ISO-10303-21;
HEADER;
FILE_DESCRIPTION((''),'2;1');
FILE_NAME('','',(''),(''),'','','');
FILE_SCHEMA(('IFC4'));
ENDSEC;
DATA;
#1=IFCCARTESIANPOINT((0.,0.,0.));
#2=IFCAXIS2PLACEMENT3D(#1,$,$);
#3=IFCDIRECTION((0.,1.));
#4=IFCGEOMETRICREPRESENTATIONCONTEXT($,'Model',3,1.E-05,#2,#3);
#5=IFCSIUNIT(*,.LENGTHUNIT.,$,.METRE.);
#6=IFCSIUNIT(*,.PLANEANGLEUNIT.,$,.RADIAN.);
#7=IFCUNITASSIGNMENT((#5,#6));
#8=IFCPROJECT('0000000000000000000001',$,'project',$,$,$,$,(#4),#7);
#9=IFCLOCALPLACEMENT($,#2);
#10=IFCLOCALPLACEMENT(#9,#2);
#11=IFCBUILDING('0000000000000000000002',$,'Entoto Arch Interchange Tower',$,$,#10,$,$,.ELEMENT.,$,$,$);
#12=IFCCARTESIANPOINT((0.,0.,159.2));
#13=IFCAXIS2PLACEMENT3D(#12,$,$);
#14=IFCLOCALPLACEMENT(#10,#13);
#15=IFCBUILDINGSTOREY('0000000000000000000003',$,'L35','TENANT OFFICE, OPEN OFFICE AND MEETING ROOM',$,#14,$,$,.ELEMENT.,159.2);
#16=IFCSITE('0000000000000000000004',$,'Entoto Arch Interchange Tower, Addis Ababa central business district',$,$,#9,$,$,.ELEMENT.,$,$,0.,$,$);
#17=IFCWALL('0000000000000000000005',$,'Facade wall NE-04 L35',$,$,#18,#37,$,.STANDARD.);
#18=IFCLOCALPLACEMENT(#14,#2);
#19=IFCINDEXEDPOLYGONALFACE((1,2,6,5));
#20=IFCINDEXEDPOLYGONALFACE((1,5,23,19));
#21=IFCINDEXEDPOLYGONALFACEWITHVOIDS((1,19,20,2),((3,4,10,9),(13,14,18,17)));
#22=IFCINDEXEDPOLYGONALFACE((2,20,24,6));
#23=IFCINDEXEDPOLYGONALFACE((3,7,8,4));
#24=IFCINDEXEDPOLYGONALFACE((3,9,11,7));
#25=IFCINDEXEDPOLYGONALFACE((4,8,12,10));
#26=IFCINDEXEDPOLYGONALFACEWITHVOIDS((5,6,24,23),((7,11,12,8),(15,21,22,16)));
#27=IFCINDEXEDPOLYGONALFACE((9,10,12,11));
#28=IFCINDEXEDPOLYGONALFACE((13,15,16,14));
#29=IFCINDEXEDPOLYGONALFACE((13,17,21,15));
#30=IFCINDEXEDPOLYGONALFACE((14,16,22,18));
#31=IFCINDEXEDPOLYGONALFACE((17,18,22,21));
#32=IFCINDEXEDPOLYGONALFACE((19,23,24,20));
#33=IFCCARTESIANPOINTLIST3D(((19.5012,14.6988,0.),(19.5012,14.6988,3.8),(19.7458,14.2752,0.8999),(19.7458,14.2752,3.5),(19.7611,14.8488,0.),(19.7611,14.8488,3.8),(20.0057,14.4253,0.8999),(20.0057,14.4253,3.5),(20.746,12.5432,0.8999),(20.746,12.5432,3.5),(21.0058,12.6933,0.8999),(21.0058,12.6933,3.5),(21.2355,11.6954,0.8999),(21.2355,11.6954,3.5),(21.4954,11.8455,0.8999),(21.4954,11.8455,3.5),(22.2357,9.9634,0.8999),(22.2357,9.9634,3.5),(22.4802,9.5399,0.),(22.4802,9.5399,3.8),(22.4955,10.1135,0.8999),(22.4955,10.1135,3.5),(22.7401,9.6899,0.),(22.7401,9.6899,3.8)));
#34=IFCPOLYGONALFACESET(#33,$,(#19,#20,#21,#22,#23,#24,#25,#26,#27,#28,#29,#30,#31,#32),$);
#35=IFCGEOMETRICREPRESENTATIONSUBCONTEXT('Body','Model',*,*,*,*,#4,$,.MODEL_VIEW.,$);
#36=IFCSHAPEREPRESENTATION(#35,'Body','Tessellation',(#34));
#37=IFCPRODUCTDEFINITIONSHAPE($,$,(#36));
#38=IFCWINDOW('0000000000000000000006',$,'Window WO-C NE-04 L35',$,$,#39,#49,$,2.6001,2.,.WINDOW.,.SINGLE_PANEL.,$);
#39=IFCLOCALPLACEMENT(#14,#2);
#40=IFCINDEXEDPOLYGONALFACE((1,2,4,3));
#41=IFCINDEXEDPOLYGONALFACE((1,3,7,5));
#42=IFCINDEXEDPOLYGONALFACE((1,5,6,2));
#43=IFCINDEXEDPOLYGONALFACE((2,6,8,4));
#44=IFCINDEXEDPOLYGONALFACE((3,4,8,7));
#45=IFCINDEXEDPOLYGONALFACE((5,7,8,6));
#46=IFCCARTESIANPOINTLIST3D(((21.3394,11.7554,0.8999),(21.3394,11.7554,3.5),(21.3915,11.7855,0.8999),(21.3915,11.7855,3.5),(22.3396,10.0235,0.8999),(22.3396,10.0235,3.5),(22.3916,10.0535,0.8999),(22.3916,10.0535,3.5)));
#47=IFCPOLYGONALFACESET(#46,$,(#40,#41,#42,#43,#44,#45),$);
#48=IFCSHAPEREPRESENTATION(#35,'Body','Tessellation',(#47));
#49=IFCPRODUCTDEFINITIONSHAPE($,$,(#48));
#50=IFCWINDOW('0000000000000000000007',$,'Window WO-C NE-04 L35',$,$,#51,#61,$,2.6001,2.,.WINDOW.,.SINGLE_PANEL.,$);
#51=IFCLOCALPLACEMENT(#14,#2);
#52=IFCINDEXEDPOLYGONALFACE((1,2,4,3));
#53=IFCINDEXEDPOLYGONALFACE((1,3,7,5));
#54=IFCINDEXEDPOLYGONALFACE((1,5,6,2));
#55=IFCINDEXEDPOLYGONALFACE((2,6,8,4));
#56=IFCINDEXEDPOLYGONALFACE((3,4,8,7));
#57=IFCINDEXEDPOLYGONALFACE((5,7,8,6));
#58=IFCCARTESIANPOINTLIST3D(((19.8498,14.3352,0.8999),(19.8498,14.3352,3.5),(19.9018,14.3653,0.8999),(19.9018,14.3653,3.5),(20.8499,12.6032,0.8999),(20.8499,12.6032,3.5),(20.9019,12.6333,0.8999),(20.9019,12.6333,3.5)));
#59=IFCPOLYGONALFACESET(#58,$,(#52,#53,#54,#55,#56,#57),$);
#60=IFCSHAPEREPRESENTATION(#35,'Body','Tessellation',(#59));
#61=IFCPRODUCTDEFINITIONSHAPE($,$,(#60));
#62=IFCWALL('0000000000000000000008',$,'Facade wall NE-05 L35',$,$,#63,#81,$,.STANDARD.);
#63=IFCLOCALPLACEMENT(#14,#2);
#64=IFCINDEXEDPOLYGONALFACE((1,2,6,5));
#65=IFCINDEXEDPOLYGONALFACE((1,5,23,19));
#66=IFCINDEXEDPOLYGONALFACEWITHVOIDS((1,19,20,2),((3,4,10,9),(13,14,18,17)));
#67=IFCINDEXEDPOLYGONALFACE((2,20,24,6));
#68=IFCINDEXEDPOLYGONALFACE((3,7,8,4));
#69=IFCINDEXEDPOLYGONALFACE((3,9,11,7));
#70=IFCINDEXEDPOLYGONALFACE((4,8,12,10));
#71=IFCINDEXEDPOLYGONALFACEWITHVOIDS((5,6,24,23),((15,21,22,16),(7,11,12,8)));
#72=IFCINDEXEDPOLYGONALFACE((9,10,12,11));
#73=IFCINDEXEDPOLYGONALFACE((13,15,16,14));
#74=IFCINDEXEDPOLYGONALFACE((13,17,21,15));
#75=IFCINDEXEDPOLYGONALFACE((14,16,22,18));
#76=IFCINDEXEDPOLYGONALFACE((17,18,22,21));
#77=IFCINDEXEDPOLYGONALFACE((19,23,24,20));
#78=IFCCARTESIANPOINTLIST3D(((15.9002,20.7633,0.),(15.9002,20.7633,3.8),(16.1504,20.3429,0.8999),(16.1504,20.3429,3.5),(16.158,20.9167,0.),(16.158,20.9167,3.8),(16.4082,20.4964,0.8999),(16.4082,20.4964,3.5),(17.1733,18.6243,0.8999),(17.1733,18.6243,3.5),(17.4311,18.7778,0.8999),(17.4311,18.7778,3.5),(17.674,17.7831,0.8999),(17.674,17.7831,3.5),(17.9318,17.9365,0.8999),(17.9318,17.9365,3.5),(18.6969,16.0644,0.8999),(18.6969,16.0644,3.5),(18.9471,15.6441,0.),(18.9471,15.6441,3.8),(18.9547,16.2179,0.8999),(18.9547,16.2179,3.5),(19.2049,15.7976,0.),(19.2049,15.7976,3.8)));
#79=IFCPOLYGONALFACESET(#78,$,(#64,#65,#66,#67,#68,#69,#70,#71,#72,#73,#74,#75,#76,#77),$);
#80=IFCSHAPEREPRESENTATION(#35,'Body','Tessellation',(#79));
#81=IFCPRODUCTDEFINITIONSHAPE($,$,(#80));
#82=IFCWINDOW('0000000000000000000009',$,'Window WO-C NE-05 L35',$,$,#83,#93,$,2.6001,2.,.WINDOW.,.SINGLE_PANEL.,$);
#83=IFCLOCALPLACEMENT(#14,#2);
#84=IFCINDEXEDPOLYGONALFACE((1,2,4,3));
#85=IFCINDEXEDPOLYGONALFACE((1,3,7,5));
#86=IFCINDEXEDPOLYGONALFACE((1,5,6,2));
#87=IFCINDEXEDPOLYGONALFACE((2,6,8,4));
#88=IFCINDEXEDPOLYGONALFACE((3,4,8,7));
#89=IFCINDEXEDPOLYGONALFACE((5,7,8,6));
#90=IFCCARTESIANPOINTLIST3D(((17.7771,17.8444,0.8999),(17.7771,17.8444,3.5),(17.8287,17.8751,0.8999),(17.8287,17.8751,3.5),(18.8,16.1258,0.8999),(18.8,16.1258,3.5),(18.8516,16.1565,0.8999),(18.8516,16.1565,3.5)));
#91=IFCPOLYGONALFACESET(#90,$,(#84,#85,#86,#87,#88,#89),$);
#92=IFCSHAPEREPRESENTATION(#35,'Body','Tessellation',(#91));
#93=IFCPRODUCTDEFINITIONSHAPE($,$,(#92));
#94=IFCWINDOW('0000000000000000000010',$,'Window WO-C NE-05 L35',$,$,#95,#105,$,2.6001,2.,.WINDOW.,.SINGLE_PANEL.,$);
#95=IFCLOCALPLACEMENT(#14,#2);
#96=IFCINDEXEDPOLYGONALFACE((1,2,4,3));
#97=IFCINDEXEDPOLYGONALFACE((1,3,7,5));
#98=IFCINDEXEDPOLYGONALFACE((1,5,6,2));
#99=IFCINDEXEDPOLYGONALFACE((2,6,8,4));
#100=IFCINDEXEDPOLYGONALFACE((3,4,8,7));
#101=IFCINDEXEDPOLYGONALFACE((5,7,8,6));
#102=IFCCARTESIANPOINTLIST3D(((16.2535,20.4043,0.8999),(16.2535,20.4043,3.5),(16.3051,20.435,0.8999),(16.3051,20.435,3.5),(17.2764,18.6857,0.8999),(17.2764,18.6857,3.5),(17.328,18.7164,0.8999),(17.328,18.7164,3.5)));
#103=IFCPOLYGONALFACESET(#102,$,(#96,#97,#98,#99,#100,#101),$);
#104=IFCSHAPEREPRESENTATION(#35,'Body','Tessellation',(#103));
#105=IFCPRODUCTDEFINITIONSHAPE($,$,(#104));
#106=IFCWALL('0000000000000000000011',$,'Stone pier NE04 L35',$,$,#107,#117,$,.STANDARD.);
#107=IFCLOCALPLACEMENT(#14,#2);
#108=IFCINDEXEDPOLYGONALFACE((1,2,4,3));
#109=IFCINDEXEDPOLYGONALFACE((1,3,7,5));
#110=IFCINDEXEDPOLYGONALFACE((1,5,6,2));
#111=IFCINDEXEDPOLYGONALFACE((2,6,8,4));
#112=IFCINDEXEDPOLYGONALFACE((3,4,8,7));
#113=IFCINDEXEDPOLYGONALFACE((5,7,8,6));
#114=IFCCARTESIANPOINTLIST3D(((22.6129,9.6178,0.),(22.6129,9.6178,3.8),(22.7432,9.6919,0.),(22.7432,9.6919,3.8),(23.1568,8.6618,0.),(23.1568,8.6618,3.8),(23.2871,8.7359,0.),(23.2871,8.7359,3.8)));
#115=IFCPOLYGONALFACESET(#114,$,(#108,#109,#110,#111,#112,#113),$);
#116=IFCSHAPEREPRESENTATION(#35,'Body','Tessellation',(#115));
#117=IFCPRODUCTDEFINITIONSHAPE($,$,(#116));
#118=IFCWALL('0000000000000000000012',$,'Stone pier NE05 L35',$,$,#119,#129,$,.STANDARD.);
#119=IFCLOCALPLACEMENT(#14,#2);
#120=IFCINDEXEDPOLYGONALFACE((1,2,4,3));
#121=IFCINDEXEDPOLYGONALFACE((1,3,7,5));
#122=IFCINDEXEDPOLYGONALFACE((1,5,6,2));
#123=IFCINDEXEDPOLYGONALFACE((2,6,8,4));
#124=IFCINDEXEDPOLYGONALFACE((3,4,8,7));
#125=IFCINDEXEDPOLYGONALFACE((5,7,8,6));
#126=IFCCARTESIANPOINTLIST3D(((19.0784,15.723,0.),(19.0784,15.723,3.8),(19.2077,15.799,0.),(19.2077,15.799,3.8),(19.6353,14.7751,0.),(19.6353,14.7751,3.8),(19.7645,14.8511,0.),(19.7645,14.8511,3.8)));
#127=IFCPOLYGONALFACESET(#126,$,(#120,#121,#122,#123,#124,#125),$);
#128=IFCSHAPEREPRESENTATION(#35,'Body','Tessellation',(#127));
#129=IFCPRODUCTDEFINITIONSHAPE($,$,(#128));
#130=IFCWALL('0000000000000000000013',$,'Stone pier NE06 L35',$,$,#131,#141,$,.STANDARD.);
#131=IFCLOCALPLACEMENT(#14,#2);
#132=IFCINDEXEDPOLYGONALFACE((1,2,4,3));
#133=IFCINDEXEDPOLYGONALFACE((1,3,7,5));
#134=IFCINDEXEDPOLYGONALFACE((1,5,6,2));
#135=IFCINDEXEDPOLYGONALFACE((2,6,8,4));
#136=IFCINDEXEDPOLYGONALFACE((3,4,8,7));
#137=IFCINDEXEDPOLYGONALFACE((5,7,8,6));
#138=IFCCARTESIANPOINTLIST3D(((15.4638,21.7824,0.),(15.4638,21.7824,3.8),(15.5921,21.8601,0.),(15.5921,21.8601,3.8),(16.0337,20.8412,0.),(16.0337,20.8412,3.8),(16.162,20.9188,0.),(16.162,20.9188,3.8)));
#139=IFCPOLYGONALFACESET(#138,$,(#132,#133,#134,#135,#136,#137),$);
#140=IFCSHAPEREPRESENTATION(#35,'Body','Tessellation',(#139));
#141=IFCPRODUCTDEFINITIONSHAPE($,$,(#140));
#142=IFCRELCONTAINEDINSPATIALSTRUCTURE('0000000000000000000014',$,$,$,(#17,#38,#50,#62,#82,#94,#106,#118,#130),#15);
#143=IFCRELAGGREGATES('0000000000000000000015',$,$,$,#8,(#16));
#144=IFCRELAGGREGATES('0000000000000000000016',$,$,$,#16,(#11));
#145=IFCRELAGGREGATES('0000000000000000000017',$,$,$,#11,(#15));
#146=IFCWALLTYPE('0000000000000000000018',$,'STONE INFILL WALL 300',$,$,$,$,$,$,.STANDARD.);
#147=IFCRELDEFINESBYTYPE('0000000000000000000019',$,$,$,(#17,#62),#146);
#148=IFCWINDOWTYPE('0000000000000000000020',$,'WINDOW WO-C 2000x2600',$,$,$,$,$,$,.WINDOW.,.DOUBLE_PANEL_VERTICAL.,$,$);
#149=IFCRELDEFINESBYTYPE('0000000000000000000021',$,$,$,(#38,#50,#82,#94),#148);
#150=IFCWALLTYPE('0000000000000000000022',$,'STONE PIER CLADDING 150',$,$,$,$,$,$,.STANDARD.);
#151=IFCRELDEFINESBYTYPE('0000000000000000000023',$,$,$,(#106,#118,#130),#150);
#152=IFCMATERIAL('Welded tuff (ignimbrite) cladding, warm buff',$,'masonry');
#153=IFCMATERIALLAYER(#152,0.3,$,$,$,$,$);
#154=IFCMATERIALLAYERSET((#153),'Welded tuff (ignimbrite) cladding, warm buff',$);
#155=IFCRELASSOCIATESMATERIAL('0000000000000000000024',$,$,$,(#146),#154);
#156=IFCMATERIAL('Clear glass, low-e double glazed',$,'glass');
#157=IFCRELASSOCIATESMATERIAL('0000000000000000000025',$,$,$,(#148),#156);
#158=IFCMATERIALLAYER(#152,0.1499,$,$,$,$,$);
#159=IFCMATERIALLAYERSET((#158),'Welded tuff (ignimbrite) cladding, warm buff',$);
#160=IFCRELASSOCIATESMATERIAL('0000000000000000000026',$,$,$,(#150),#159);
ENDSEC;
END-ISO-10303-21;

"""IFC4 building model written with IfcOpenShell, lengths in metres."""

from ifc_helpers import new_model, si_unit, direction, frame, frame_2d, origin, place, context, subcontext, project, spatial, rectangle, extrude, material, layer, layer_set, type_object, element, fill, save


model = new_model("IFC4")

# Units and contexts
model_context = context("Model", 3, precision=1e-05, world=origin(), true_north=direction((0.0, 1.0)))
body_context = subcontext(model_context, "Body", "Model", "MODEL_VIEW")
ifc_project = project(units=[si_unit("LENGTHUNIT", "METRE"), si_unit("PLANEANGLEUNIT", "RADIAN")], contexts=[model_context])

# Site, building, storey
site_placement = place(None, origin())
site = spatial("IfcSite", under=ifc_project, at=site_placement, Name="Entoto Arch Interchange Tower, Addis Ababa central business district", CompositionType="ELEMENT", RefElevation=0.0)
building_placement = place(site_placement, origin())
building = spatial("IfcBuilding", under=site, at=building_placement, Name="Entoto Arch Interchange Tower", CompositionType="ELEMENT")
storey_placement = place(building_placement, frame((0.0, 0.0, 159.2)))
storey = spatial("IfcBuildingStorey", under=building, at=storey_placement, Name="L35", Description="TENANT OFFICE, OPEN OFFICE AND MEETING ROOM", CompositionType="ELEMENT", Elevation=159.2)

# Walls, openings, windows
ifc_material_1 = material(Name="Welded tuff (ignimbrite) cladding, warm buff", Category="masonry")
ifc_layer_1 = layer(ifc_material_1, 0.3)
ifc_layer_set_1 = layer_set([ifc_layer_1], Name="Welded tuff (ignimbrite) cladding, warm buff")
wall_type_1 = type_object("IfcWallType", Name="STONE INFILL WALL 300", PredefinedType="STANDARD", material=ifc_layer_set_1)
wall_1_placement = place(storey_placement, frame((22.6101, 9.615, 0.0), z_axis=(0.0, 0.0, 1.0), x_axis=(-0.500062, 0.86599, 0.0)))
wall_1 = element("IfcWall", 1, at=wall_1_placement, inside=storey, type_object=wall_type_1, Name="Facade wall NE-04 L35", PredefinedType="STANDARD", context=body_context, shape_type="SweptSolid", body=[
    extrude(rectangle(XDim=5.9573, YDim=0.3, at=frame_2d((2.9785, 0.0))), origin(), (0.0, 0.0, 1.0), 3.8),
])
opening_1_placement = place(wall_1_placement, frame((0.489, 0.0, 0.8999)))
opening_1 = element("IfcOpeningElement", 2, at=opening_1_placement, cuts=wall_1, PredefinedType="OPENING", context=body_context, shape_type="SweptSolid", body=[
    extrude(rectangle(XDim=2.0, YDim=2.6001, at=frame_2d((1.0, 1.3))), frame((0.0, 0.1602, 0.0), z_axis=(0.0, -1.0, 0.0), x_axis=(1.0, 0.0, 0.0)), (0.0, 0.0, 1.0), 0.3201),
])
opening_2_placement = place(wall_1_placement, frame((3.468, 0.0, 0.8999)))
opening_2 = element("IfcOpeningElement", 3, at=opening_2_placement, cuts=wall_1, PredefinedType="OPENING", context=body_context, shape_type="SweptSolid", body=[
    extrude(rectangle(XDim=2.0, YDim=2.6001, at=frame_2d((1.0, 1.3))), frame((0.0, 0.1602, 0.0), z_axis=(0.0, -1.0, 0.0), x_axis=(1.0, 0.0, 0.0)), (0.0, 0.0, 1.0), 0.3201),
])
ifc_material_2 = material(Name="Clear glass, low-e double glazed", Category="glass")
window_type = type_object("IfcWindowType", Name="WINDOW WO-C 2000x2600", PartitioningType="DOUBLE_PANEL_VERTICAL", PredefinedType="WINDOW", material=ifc_material_2)
window_1_placement = place(opening_1_placement, origin())
window_1 = element("IfcWindow", 4, at=window_1_placement, inside=storey, type_object=window_type, Name="Window WO-C NE-04 L35", OverallHeight=2.6001, OverallWidth=2.0, PartitioningType="SINGLE_PANEL", PredefinedType="WINDOW", context=body_context, shape_type="SweptSolid", body=[
    extrude(rectangle(XDim=2.0, YDim=2.6001, at=frame_2d((1.0, 1.3))), frame((0.0, 0.03, 0.0), z_axis=(0.0, -1.0, 0.0), x_axis=(1.0, 0.0, 0.0)), (0.0, 0.0, 1.0), 0.0601),
])
fill(opening_1, window_1)
window_2_placement = place(opening_2_placement, origin())
window_2 = element("IfcWindow", 5, at=window_2_placement, inside=storey, type_object=window_type, Name="Window WO-C NE-04 L35", OverallHeight=2.6001, OverallWidth=2.0, PartitioningType="SINGLE_PANEL", PredefinedType="WINDOW", context=body_context, shape_type="SweptSolid", body=[
    extrude(rectangle(XDim=2.0, YDim=2.6001, at=frame_2d((1.0, 1.3))), frame((0.0, 0.03, 0.0), z_axis=(0.0, -1.0, 0.0), x_axis=(1.0, 0.0, 0.0)), (0.0, 0.0, 1.0), 0.0601),
])
fill(opening_2, window_2)
wall_2_placement = place(storey_placement, frame((19.0759, 15.7209, 0.0), z_axis=(0.0, 0.0, 1.0), x_axis=(-0.511455, 0.85931, 0.0)))
wall_2 = element("IfcWall", 6, at=wall_2_placement, inside=storey, type_object=wall_type_1, Name="Facade wall NE-05 L35", PredefinedType="STANDARD", context=body_context, shape_type="SweptSolid", body=[
    extrude(rectangle(XDim=5.9573, YDim=0.3, at=frame_2d((2.9785, 0.0))), origin(), (0.0, 0.0, 1.0), 3.8),
])
opening_3_placement = place(wall_2_placement, frame((0.489, 0.0, 0.8999)))
opening_3 = element("IfcOpeningElement", 7, at=opening_3_placement, cuts=wall_2, PredefinedType="OPENING", context=body_context, shape_type="SweptSolid", body=[
    extrude(rectangle(XDim=2.0, YDim=2.6001, at=frame_2d((1.0, 1.3))), frame((0.0, 0.1602, 0.0), z_axis=(0.0, -1.0, 0.0), x_axis=(1.0, 0.0, 0.0)), (0.0, 0.0, 1.0), 0.3201),
])
opening_4_placement = place(wall_2_placement, frame((3.468, 0.0, 0.8999)))
opening_4 = element("IfcOpeningElement", 8, at=opening_4_placement, cuts=wall_2, PredefinedType="OPENING", context=body_context, shape_type="SweptSolid", body=[
    extrude(rectangle(XDim=2.0, YDim=2.6001, at=frame_2d((1.0, 1.3))), frame((0.0, 0.1602, 0.0), z_axis=(0.0, -1.0, 0.0), x_axis=(1.0, 0.0, 0.0)), (0.0, 0.0, 1.0), 0.3201),
])
window_3_placement = place(opening_3_placement, origin())
window_3 = element("IfcWindow", 9, at=window_3_placement, inside=storey, type_object=window_type, Name="Window WO-C NE-05 L35", OverallHeight=2.6001, OverallWidth=2.0, PartitioningType="SINGLE_PANEL", PredefinedType="WINDOW", context=body_context, shape_type="SweptSolid", body=[
    extrude(rectangle(XDim=2.0, YDim=2.6001, at=frame_2d((1.0, 1.3))), frame((0.0, 0.03, 0.0), z_axis=(0.0, -1.0, 0.0), x_axis=(1.0, 0.0, 0.0)), (0.0, 0.0, 1.0), 0.0601),
])
fill(opening_3, window_3)
window_4_placement = place(opening_4_placement, origin())
window_4 = element("IfcWindow", 10, at=window_4_placement, inside=storey, type_object=window_type, Name="Window WO-C NE-05 L35", OverallHeight=2.6001, OverallWidth=2.0, PartitioningType="SINGLE_PANEL", PredefinedType="WINDOW", context=body_context, shape_type="SweptSolid", body=[
    extrude(rectangle(XDim=2.0, YDim=2.6001, at=frame_2d((1.0, 1.3))), frame((0.0, 0.03, 0.0), z_axis=(0.0, -1.0, 0.0), x_axis=(1.0, 0.0, 0.0)), (0.0, 0.0, 1.0), 0.0601),
])
fill(opening_4, window_4)

# Walls
ifc_layer_2 = layer(ifc_material_1, 0.1499)
ifc_layer_set_2 = layer_set([ifc_layer_2], Name="Welded tuff (ignimbrite) cladding, warm buff")
wall_type_2 = type_object("IfcWallType", Name="STONE PIER CLADDING 150", PredefinedType="STANDARD", material=ifc_layer_set_2)
wall_3_placement = place(storey_placement, frame((23.2219, 8.699, 0.0), z_axis=(0.0, 0.0, 1.0), x_axis=(-0.494513, 0.86917, 0.0)))
element("IfcWall", 11, at=wall_3_placement, inside=storey, type_object=wall_type_2, Name="Stone pier NE04 L35", PredefinedType="STANDARD", context=body_context, shape_type="SweptSolid", body=[
    extrude(rectangle(XDim=1.0999, YDim=0.1499, at=frame_2d((0.5498, 0.0))), origin(), (0.0, 0.0, 1.0), 3.8),
])
wall_4_placement = place(storey_placement, frame((19.7, 14.813, 0.0), z_axis=(0.0, 0.0, 1.0), x_axis=(-0.506506, 0.862237, 0.0)))
element("IfcWall", 12, at=wall_4_placement, inside=storey, type_object=wall_type_2, Name="Stone pier NE05 L35", PredefinedType="STANDARD", context=body_context, shape_type="SweptSolid", body=[
    extrude(rectangle(XDim=1.0994, YDim=0.1499, at=frame_2d((0.5498, 0.0))), origin(), (0.0, 0.0, 1.0), 3.8),
])
wall_5_placement = place(storey_placement, frame((16.0979, 20.8799, 0.0), z_axis=(0.0, 0.0, 1.0), x_axis=(-0.517918, 0.85543, 0.0)))
element("IfcWall", 13, at=wall_5_placement, inside=storey, type_object=wall_type_2, Name="Stone pier NE06 L35", PredefinedType="STANDARD", context=body_context, shape_type="SweptSolid", body=[
    extrude(rectangle(XDim=1.1003, YDim=0.1499, at=frame_2d((0.5503, 0.0))), origin(), (0.0, 0.0, 1.0), 3.8),
])

save(model, "model.ifc")
